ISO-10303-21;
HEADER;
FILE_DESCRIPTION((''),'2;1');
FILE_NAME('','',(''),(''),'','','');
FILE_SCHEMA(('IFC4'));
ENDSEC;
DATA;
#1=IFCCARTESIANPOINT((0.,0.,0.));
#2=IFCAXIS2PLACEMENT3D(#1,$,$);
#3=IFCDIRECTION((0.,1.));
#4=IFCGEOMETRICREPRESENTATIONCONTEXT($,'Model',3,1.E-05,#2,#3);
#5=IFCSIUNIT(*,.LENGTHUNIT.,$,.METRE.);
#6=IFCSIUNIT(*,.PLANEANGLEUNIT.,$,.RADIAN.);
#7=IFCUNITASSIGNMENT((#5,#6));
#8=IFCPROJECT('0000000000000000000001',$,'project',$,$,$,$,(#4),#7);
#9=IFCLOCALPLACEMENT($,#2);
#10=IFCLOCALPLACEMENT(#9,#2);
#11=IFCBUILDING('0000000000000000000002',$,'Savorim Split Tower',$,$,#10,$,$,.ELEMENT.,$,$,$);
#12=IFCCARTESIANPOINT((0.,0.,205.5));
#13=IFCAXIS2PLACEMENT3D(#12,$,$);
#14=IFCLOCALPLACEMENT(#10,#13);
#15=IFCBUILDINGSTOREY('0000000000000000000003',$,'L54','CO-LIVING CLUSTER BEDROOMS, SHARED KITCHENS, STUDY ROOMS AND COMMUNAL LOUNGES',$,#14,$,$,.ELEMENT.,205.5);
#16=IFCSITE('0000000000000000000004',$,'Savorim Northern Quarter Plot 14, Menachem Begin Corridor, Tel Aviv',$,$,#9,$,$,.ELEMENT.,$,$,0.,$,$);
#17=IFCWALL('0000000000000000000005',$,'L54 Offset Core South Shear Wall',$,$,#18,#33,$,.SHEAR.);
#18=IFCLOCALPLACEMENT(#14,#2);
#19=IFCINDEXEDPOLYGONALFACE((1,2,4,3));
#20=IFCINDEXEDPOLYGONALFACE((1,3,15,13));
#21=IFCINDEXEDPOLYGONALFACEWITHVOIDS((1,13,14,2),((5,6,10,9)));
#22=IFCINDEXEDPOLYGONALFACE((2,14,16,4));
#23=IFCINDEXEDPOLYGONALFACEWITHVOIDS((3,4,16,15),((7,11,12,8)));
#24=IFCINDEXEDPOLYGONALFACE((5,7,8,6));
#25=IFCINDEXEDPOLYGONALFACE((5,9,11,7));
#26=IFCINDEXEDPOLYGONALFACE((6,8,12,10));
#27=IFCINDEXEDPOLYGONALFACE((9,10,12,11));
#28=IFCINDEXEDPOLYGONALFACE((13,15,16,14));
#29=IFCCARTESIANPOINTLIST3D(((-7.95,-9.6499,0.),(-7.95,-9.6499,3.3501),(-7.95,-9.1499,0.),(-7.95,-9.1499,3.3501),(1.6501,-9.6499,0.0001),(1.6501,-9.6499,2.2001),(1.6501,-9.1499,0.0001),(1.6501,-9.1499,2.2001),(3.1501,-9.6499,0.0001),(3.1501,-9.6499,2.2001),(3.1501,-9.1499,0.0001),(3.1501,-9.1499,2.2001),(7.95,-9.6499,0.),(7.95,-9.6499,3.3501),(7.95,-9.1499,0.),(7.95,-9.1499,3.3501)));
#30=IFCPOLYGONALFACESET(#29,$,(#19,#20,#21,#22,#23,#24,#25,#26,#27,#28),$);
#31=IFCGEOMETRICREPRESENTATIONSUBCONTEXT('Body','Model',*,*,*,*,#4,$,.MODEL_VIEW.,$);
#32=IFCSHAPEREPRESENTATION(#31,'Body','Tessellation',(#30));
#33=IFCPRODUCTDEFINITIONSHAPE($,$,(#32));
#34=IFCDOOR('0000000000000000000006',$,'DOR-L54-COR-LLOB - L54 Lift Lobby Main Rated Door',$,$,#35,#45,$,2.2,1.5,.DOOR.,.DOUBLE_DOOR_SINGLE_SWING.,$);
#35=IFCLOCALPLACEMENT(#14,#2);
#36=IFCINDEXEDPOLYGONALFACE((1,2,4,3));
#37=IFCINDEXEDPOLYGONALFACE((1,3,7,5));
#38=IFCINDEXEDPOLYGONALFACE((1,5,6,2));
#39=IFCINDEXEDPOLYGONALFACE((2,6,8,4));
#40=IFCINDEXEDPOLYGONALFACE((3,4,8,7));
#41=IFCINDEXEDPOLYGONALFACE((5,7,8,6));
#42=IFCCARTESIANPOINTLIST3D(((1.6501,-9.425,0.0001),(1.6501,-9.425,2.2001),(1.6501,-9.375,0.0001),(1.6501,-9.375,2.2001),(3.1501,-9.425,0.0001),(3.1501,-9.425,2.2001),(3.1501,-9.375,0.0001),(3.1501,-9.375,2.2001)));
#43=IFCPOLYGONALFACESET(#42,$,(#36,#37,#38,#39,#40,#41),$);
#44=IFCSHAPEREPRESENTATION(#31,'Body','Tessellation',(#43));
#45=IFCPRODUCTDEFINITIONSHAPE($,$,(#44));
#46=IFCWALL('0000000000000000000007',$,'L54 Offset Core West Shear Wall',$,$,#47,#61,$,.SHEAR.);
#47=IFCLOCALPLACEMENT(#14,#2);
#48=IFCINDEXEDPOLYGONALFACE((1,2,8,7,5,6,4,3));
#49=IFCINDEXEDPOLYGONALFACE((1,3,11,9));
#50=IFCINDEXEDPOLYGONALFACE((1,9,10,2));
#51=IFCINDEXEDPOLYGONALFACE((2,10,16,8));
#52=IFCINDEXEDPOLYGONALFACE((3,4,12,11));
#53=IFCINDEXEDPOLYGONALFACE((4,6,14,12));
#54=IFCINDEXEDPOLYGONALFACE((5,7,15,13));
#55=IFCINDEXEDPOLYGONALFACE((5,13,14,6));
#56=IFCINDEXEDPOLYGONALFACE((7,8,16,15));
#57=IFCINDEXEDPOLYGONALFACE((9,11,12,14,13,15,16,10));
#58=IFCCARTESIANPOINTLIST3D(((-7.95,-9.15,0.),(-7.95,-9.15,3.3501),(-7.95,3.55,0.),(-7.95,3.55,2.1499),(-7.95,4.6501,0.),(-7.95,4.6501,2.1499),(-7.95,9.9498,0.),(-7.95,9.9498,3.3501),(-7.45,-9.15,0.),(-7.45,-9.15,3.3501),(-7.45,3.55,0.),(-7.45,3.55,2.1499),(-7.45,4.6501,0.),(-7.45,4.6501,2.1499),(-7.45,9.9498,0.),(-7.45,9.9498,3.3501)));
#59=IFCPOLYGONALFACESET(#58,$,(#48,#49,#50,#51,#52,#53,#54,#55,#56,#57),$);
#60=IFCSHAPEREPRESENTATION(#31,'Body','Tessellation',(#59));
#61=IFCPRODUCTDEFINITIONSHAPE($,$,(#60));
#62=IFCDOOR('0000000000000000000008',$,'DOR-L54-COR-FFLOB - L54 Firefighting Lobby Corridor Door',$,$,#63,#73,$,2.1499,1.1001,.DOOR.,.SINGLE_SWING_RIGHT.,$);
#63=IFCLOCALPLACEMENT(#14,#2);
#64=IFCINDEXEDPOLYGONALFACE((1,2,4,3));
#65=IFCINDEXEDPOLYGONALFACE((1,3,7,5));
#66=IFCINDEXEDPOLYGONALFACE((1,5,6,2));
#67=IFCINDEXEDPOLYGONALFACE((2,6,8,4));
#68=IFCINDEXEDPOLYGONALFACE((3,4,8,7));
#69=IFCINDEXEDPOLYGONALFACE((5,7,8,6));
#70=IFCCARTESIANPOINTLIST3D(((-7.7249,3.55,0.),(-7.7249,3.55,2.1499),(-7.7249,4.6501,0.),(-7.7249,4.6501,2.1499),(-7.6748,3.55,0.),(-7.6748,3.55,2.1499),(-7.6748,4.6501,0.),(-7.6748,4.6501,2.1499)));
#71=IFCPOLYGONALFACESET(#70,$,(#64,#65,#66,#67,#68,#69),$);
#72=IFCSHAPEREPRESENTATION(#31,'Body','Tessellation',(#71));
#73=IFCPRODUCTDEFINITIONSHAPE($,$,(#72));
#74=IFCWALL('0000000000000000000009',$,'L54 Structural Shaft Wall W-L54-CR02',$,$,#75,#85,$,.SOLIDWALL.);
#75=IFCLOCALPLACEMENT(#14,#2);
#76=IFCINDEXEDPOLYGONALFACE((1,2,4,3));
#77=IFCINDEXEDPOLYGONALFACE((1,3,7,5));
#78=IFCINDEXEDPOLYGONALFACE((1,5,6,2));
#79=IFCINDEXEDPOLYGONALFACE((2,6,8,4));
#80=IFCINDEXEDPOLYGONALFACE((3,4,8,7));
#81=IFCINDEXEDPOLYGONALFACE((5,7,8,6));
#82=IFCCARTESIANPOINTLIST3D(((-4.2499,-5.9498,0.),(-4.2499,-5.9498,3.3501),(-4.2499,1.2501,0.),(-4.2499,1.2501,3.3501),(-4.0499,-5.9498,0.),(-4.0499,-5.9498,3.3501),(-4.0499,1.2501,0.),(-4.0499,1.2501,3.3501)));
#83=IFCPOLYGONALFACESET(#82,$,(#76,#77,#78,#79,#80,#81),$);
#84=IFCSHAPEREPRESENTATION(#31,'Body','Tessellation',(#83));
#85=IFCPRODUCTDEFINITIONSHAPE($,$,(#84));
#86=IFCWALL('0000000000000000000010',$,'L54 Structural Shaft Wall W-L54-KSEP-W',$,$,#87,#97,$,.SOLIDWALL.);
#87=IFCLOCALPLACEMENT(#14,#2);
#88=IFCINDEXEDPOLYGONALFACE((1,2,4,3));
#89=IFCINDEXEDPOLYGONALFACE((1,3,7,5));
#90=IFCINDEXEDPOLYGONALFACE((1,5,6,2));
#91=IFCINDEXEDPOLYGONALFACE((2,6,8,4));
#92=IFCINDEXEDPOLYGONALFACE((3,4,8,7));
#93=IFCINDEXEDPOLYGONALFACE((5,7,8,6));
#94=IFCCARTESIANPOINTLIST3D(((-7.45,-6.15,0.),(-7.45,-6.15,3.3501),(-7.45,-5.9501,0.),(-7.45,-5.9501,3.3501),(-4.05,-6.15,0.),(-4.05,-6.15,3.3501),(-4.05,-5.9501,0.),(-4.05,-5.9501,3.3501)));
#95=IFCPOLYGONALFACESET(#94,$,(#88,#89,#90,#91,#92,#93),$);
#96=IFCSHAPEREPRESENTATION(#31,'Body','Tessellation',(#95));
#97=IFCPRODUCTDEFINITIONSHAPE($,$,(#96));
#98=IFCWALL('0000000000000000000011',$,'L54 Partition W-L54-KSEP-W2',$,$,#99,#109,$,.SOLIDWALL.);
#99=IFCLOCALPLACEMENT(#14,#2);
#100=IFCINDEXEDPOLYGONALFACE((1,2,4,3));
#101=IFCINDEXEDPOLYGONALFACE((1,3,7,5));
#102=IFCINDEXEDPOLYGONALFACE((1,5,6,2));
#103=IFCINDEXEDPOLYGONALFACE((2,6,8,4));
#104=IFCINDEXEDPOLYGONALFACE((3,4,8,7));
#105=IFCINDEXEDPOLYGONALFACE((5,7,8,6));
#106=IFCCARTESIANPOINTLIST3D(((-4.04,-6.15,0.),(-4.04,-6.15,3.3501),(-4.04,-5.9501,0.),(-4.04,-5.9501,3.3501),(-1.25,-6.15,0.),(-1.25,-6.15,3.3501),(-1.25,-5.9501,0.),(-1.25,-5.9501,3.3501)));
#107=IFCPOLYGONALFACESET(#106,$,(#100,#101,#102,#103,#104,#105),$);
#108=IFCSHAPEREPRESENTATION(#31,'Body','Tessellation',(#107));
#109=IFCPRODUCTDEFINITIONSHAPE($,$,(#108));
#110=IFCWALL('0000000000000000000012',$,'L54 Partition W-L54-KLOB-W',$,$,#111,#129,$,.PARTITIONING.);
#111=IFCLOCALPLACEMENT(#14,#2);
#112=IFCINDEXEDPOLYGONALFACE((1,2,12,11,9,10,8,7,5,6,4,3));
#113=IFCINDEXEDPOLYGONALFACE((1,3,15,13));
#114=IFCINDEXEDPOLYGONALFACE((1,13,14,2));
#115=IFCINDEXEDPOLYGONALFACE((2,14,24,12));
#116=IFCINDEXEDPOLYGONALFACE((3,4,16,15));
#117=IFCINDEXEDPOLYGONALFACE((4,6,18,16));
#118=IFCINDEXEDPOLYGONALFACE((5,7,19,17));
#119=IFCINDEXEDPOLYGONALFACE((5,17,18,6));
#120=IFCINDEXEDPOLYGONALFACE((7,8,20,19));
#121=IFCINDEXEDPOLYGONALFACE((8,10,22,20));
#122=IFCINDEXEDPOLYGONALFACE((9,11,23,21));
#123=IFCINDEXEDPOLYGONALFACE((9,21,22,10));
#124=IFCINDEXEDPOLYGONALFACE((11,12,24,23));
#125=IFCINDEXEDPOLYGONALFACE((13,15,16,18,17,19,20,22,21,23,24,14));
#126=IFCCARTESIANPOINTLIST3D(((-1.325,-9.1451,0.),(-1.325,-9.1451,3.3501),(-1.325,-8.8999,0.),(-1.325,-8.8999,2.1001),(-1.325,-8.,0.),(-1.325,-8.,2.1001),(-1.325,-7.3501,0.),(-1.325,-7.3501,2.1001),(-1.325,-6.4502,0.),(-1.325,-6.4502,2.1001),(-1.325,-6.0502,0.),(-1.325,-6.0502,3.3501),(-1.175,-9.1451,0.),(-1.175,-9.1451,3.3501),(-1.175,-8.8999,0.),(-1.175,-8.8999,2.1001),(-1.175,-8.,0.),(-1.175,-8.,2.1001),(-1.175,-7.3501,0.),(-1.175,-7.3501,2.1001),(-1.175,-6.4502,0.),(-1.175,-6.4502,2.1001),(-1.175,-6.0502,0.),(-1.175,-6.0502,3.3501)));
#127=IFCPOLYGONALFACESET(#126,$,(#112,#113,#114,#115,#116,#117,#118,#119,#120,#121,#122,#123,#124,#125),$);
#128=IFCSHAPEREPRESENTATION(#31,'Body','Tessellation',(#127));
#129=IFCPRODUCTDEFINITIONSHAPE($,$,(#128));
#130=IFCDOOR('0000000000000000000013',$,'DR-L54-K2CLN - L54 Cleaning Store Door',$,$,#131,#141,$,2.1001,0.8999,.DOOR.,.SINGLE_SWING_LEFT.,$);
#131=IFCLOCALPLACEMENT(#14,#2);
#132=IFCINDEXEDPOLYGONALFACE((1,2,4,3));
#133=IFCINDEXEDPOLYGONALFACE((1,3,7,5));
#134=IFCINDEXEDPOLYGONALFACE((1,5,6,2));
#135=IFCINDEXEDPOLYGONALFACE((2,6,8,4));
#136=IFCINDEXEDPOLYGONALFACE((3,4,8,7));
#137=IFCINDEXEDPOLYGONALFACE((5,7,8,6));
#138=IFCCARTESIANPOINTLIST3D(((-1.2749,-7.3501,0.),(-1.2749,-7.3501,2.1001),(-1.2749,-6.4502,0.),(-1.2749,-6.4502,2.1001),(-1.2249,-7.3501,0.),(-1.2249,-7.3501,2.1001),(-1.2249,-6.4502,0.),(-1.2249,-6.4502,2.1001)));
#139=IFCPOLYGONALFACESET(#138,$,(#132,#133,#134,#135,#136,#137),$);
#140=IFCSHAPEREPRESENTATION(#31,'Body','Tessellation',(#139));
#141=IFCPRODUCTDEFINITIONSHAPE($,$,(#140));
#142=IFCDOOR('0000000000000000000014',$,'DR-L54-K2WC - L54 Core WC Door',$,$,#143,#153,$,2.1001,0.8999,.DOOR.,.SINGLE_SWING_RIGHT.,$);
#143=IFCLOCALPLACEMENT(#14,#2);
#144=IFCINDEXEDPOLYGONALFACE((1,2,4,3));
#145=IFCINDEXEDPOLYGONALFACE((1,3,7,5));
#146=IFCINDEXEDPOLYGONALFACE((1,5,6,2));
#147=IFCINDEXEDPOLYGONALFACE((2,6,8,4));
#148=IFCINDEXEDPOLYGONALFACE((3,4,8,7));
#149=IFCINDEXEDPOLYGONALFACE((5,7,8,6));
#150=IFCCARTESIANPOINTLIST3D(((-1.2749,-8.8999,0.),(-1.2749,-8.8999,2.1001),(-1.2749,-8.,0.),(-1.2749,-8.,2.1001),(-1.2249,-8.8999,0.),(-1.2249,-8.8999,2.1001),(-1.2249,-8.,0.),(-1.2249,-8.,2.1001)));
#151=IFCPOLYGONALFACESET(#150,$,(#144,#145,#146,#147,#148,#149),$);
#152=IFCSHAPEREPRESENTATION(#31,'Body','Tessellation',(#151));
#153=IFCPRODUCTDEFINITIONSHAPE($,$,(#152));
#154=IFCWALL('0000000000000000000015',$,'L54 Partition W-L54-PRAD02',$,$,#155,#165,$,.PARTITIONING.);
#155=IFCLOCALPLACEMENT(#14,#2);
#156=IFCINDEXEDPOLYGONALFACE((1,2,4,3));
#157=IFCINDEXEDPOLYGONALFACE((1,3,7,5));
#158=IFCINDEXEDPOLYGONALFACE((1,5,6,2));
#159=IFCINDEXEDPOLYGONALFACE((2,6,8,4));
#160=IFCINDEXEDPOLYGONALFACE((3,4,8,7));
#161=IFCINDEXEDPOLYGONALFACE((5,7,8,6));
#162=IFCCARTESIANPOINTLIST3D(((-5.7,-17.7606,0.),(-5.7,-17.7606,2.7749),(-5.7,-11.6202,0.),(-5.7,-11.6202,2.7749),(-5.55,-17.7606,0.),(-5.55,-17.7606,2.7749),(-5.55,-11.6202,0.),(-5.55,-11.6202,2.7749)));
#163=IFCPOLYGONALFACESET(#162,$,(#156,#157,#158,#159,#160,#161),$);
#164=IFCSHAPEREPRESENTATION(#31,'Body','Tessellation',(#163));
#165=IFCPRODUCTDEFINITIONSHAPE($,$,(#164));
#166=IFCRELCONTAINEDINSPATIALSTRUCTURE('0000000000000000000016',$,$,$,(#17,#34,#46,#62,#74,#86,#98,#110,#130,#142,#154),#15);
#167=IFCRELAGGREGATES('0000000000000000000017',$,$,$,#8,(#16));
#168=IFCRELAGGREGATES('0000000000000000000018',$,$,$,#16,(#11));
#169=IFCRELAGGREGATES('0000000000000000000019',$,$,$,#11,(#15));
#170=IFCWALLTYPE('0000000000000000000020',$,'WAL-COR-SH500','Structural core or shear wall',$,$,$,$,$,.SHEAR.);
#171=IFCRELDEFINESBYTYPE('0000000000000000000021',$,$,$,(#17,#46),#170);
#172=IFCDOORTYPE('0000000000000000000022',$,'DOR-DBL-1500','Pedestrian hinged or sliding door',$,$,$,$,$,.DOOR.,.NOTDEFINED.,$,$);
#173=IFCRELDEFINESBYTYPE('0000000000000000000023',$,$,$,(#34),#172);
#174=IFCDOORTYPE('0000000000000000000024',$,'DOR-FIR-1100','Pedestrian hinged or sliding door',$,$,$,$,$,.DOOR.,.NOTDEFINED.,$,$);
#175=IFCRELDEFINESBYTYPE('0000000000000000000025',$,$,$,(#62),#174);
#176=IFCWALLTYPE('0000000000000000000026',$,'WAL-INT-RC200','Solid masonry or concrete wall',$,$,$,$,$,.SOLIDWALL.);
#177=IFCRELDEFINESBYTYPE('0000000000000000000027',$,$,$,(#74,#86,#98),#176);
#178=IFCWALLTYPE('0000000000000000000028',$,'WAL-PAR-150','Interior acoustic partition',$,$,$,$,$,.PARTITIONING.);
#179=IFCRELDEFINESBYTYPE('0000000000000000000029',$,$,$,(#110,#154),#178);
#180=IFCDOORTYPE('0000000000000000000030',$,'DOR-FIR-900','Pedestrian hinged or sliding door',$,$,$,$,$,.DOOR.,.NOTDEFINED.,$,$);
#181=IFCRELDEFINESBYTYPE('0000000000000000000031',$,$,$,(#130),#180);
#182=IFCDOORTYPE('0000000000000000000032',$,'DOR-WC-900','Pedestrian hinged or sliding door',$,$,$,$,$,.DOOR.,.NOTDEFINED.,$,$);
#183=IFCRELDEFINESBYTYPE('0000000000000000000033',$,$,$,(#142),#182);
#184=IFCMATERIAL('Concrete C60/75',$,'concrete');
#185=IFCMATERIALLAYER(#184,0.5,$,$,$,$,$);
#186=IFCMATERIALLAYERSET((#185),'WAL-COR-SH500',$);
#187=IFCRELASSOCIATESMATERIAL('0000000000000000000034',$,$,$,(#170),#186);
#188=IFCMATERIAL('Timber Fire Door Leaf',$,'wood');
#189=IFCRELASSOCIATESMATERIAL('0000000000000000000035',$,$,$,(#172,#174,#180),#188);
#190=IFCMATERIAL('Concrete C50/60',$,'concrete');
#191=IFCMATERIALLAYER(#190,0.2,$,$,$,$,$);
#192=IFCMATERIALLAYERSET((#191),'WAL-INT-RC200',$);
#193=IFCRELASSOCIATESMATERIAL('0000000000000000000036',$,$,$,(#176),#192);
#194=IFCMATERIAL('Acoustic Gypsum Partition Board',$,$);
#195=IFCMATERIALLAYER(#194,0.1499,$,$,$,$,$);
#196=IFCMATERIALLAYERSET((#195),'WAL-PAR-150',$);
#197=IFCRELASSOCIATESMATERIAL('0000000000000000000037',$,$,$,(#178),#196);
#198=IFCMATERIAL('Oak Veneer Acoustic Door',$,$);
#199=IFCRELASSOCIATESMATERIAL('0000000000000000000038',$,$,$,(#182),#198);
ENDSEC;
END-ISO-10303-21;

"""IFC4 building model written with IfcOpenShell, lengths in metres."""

from ifc_helpers import new_model, si_unit, direction, frame, frame_2d, origin, place, context, subcontext, project, spatial, rectangle, extrude, material, layer, layer_set, type_object, element, fill, save


model = new_model("IFC4")

# Units and contexts
model_context = context("Model", 3, precision=1e-05, world=origin(), true_north=direction((0.0, 1.0)))
body_context = subcontext(model_context, "Body", "Model", "MODEL_VIEW")
ifc_project = project(units=[si_unit("LENGTHUNIT", "METRE"), si_unit("PLANEANGLEUNIT", "RADIAN")], contexts=[model_context])

# Site, building, storey
site_placement = place(None, origin())
site = spatial("IfcSite", under=ifc_project, at=site_placement, Name="Savorim Northern Quarter Plot 14, Menachem Begin Corridor, Tel Aviv", CompositionType="ELEMENT", RefElevation=0.0)
building_placement = place(site_placement, origin())
building = spatial("IfcBuilding", under=site, at=building_placement, Name="Savorim Split Tower", CompositionType="ELEMENT")
storey_placement = place(building_placement, frame((0.0, 0.0, 205.5)))
storey = spatial("IfcBuildingStorey", under=building, at=storey_placement, Name="L54", Description="CO-LIVING CLUSTER BEDROOMS, SHARED KITCHENS, STUDY ROOMS AND COMMUNAL LOUNGES", CompositionType="ELEMENT", Elevation=205.5)

# Walls, openings, doors
ifc_material_1 = material(Name="Concrete C60/75", Category="concrete")
ifc_layer_1 = layer(ifc_material_1, 0.5)
ifc_layer_set_1 = layer_set([ifc_layer_1], Name="WAL-COR-SH500")
wall_type_1 = type_object("IfcWallType", Name="WAL-COR-SH500", Description="Structural core or shear wall", PredefinedType="SHEAR", material=ifc_layer_set_1)
wall_1_placement = place(storey_placement, frame((-7.95, -9.3999, 0.0), z_axis=(0.0, 0.0, 1.0), x_axis=(1.0, 0.0, 0.0)))
wall_1 = element("IfcWall", 1, at=wall_1_placement, inside=storey, type_object=wall_type_1, Name="L54 Offset Core South Shear Wall", PredefinedType="SHEAR", context=body_context, shape_type="SweptSolid", body=[
    extrude(rectangle(XDim=15.8999, YDim=0.5, at=frame_2d((7.95, 0.0))), origin(), (0.0, 0.0, 1.0), 3.3501),
])
opening_1_placement = place(wall_1_placement, frame((9.6001, 0.0, 0.0)))
opening_1 = element("IfcOpeningElement", 2, at=opening_1_placement, cuts=wall_1, PredefinedType="OPENING", context=body_context, shape_type="SweptSolid", body=[
    extrude(rectangle(XDim=1.5, YDim=2.2, at=frame_2d((0.75, 1.1001))), frame((0.0, 0.26, 0.0), z_axis=(0.0, -1.0, 0.0), x_axis=(1.0, 0.0, 0.0)), (0.0, 0.0, 1.0), 0.52),
])
ifc_material_2 = material(Name="Timber Fire Door Leaf", Category="wood")
door_type_1 = type_object("IfcDoorType", Name="DOR-DBL-1500", Description="Pedestrian hinged or sliding door", OperationType="NOTDEFINED", PredefinedType="DOOR", material=ifc_material_2)
door_1_placement = place(opening_1_placement, origin())
door_1 = element("IfcDoor", 3, at=door_1_placement, inside=storey, type_object=door_type_1, Name="DOR-L54-COR-LLOB - L54 Lift Lobby Main Rated Door", OperationType="DOUBLE_DOOR_SINGLE_SWING", OverallHeight=2.2, OverallWidth=1.5, PredefinedType="DOOR", context=body_context, shape_type="SweptSolid", body=[
    extrude(rectangle(XDim=1.5, YDim=2.2, at=frame_2d((0.75, 1.1001))), frame((0.0, 0.0249, 0.0), z_axis=(0.0, -1.0, 0.0), x_axis=(1.0, 0.0, 0.0)), (0.0, 0.0, 1.0), 0.05),
])
fill(opening_1, door_1)
wall_2_placement = place(storey_placement, frame((-7.7, -9.1499, 0.0), z_axis=(0.0, 0.0, 1.0), x_axis=(0.0, 1.0, 0.0)))
wall_2 = element("IfcWall", 4, at=wall_2_placement, inside=storey, type_object=wall_type_1, Name="L54 Offset Core West Shear Wall", PredefinedType="SHEAR", context=body_context, shape_type="SweptSolid", body=[
    extrude(rectangle(XDim=19.0999, YDim=0.5, at=frame_2d((9.5498, 0.0))), origin(), (0.0, 0.0, 1.0), 3.3501),
])
opening_2_placement = place(wall_2_placement, frame((12.7, 0.0, 0.0)))
opening_2 = element("IfcOpeningElement", 5, at=opening_2_placement, cuts=wall_2, PredefinedType="OPENING", context=body_context, shape_type="SweptSolid", body=[
    extrude(rectangle(XDim=1.1001, YDim=2.1499, at=frame_2d((0.55, 1.075))), frame((0.0, 0.26, 0.0), z_axis=(0.0, -1.0, 0.0), x_axis=(1.0, 0.0, 0.0)), (0.0, 0.0, 1.0), 0.52),
])
door_type_2 = type_object("IfcDoorType", Name="DOR-FIR-1100", Description="Pedestrian hinged or sliding door", OperationType="NOTDEFINED", PredefinedType="DOOR", material=ifc_material_2)
door_2_placement = place(opening_2_placement, origin())
door_2 = element("IfcDoor", 6, at=door_2_placement, inside=storey, type_object=door_type_2, Name="DOR-L54-COR-FFLOB - L54 Firefighting Lobby Corridor Door", OperationType="SINGLE_SWING_RIGHT", OverallHeight=2.1499, OverallWidth=1.1001, PredefinedType="DOOR", context=body_context, shape_type="SweptSolid", body=[
    extrude(rectangle(XDim=1.1001, YDim=2.1499, at=frame_2d((0.55, 1.075))), frame((0.0, 0.0249, 0.0), z_axis=(0.0, -1.0, 0.0), x_axis=(1.0, 0.0, 0.0)), (0.0, 0.0, 1.0), 0.05),
])
fill(opening_2, door_2)

# Wall
ifc_material_3 = material(Name="Concrete C50/60", Category="concrete")
ifc_layer_2 = layer(ifc_material_3, 0.2)
ifc_layer_set_2 = layer_set([ifc_layer_2], Name="WAL-INT-RC200")
wall_type_2 = type_object("IfcWallType", Name="WAL-INT-RC200", Description="Solid masonry or concrete wall", PredefinedType="SOLIDWALL", material=ifc_layer_set_2)
wall_3_placement = place(storey_placement, frame((-4.1499, -5.95, 0.0), z_axis=(0.0, 0.0, 1.0), x_axis=(0.0, 1.0, 0.0)))
element("IfcWall", 7, at=wall_3_placement, inside=storey, type_object=wall_type_2, Name="L54 Structural Shaft Wall W-L54-CR02", PredefinedType="SOLIDWALL", context=body_context, shape_type="SweptSolid", body=[
    extrude(rectangle(XDim=7.2, YDim=0.2, at=frame_2d((3.6001, 0.0))), origin(), (0.0, 0.0, 1.0), 3.3501),
])

# Walls
wall_4_placement = place(storey_placement, frame((-7.45, -6.05, 0.0), z_axis=(0.0, 0.0, 1.0), x_axis=(1.0, 0.0, 0.0)))
element("IfcWall", 8, at=wall_4_placement, inside=storey, type_object=wall_type_2, Name="L54 Structural Shaft Wall W-L54-KSEP-W", PredefinedType="SOLIDWALL", context=body_context, shape_type="SweptSolid", body=[
    extrude(rectangle(XDim=3.3999, YDim=0.2, at=frame_2d((1.7, 0.0))), origin(), (0.0, 0.0, 1.0), 3.3501),
])
wall_5_placement = place(storey_placement, frame((-4.04, -6.05, 0.0), z_axis=(0.0, 0.0, 1.0), x_axis=(1.0, 0.0, 0.0)))
element("IfcWall", 9, at=wall_5_placement, inside=storey, type_object=wall_type_2, Name="L54 Partition W-L54-KSEP-W2", PredefinedType="SOLIDWALL", context=body_context, shape_type="SweptSolid", body=[
    extrude(rectangle(XDim=2.79, YDim=0.2, at=frame_2d((1.395, 0.0))), origin(), (0.0, 0.0, 1.0), 3.3501),
])

# Wall, openings, doors
ifc_material_4 = material(Name="Acoustic Gypsum Partition Board")
ifc_layer_3 = layer(ifc_material_4, 0.1499)
ifc_layer_set_3 = layer_set([ifc_layer_3], Name="WAL-PAR-150")
wall_type_3 = type_object("IfcWallType", Name="WAL-PAR-150", Description="Interior acoustic partition", PredefinedType="PARTITIONING", material=ifc_layer_set_3)
wall_6_placement = place(storey_placement, frame((-1.25, -9.145, 0.0), z_axis=(0.0, 0.0, 1.0), x_axis=(0.0, 1.0, 0.0)))
wall_6 = element("IfcWall", 10, at=wall_6_placement, inside=storey, type_object=wall_type_3, Name="L54 Partition W-L54-KLOB-W", PredefinedType="PARTITIONING", context=body_context, shape_type="SweptSolid", body=[
    extrude(rectangle(XDim=3.095, YDim=0.1499, at=frame_2d((1.5474, 0.0))), origin(), (0.0, 0.0, 1.0), 3.3501),
])
opening_3_placement = place(wall_6_placement, frame((1.7949, 0.0, 0.0)))
opening_3 = element("IfcOpeningElement", 11, at=opening_3_placement, cuts=wall_6, PredefinedType="OPENING", context=body_context, shape_type="SweptSolid", body=[
    extrude(rectangle(XDim=0.8999, YDim=2.1001, at=frame_2d((0.45, 1.05))), frame((0.0, 0.085, 0.0), z_axis=(0.0, -1.0, 0.0), x_axis=(1.0, 0.0, 0.0)), (0.0, 0.0, 1.0), 0.1699),
])
opening_4_placement = place(wall_6_placement, frame((0.2451, 0.0, 0.0)))
opening_4 = element("IfcOpeningElement", 12, at=opening_4_placement, cuts=wall_6, PredefinedType="OPENING", context=body_context, shape_type="SweptSolid", body=[
    extrude(rectangle(XDim=0.8999, YDim=2.1001, at=frame_2d((0.45, 1.05))), frame((0.0, 0.085, 0.0), z_axis=(0.0, -1.0, 0.0), x_axis=(1.0, 0.0, 0.0)), (0.0, 0.0, 1.0), 0.1699),
])
door_type_3 = type_object("IfcDoorType", Name="DOR-FIR-900", Description="Pedestrian hinged or sliding door", OperationType="NOTDEFINED", PredefinedType="DOOR", material=ifc_material_2)
door_3_placement = place(opening_3_placement, origin())
door_3 = element("IfcDoor", 13, at=door_3_placement, inside=storey, type_object=door_type_3, Name="DR-L54-K2CLN - L54 Cleaning Store Door", OperationType="SINGLE_SWING_LEFT", OverallHeight=2.1001, OverallWidth=0.8999, PredefinedType="DOOR", context=body_context, shape_type="SweptSolid", body=[
    extrude(rectangle(XDim=0.8999, YDim=2.1001, at=frame_2d((0.45, 1.05))), frame((0.0, 0.0249, 0.0), z_axis=(0.0, -1.0, 0.0), x_axis=(1.0, 0.0, 0.0)), (0.0, 0.0, 1.0), 0.05),
])
fill(opening_3, door_3)
ifc_material_5 = material(Name="Oak Veneer Acoustic Door")
door_type_4 = type_object("IfcDoorType", Name="DOR-WC-900", Description="Pedestrian hinged or sliding door", OperationType="NOTDEFINED", PredefinedType="DOOR", material=ifc_material_5)
door_4_placement = place(opening_4_placement, origin())
door_4 = element("IfcDoor", 14, at=door_4_placement, inside=storey, type_object=door_type_4, Name="DR-L54-K2WC - L54 Core WC Door", OperationType="SINGLE_SWING_RIGHT", OverallHeight=2.1001, OverallWidth=0.8999, PredefinedType="DOOR", context=body_context, shape_type="SweptSolid", body=[
    extrude(rectangle(XDim=0.8999, YDim=2.1001, at=frame_2d((0.45, 1.05))), frame((0.0, 0.0249, 0.0), z_axis=(0.0, -1.0, 0.0), x_axis=(1.0, 0.0, 0.0)), (0.0, 0.0, 1.0), 0.05),
])
fill(opening_4, door_4)

# Wall
wall_7_placement = place(storey_placement, frame((-5.625, -11.6201, 0.0), z_axis=(0.0, 0.0, 1.0), x_axis=(0.0, -1.0, 0.0)))
element("IfcWall", 15, at=wall_7_placement, inside=storey, type_object=wall_type_3, Name="L54 Partition W-L54-PRAD02", PredefinedType="PARTITIONING", context=body_context, shape_type="SweptSolid", body=[
    extrude(rectangle(XDim=6.1404, YDim=0.1499, at=frame_2d((3.0703, 0.0))), origin(), (0.0, 0.0, 1.0), 2.7749),
])

save(model, "model.ifc")
